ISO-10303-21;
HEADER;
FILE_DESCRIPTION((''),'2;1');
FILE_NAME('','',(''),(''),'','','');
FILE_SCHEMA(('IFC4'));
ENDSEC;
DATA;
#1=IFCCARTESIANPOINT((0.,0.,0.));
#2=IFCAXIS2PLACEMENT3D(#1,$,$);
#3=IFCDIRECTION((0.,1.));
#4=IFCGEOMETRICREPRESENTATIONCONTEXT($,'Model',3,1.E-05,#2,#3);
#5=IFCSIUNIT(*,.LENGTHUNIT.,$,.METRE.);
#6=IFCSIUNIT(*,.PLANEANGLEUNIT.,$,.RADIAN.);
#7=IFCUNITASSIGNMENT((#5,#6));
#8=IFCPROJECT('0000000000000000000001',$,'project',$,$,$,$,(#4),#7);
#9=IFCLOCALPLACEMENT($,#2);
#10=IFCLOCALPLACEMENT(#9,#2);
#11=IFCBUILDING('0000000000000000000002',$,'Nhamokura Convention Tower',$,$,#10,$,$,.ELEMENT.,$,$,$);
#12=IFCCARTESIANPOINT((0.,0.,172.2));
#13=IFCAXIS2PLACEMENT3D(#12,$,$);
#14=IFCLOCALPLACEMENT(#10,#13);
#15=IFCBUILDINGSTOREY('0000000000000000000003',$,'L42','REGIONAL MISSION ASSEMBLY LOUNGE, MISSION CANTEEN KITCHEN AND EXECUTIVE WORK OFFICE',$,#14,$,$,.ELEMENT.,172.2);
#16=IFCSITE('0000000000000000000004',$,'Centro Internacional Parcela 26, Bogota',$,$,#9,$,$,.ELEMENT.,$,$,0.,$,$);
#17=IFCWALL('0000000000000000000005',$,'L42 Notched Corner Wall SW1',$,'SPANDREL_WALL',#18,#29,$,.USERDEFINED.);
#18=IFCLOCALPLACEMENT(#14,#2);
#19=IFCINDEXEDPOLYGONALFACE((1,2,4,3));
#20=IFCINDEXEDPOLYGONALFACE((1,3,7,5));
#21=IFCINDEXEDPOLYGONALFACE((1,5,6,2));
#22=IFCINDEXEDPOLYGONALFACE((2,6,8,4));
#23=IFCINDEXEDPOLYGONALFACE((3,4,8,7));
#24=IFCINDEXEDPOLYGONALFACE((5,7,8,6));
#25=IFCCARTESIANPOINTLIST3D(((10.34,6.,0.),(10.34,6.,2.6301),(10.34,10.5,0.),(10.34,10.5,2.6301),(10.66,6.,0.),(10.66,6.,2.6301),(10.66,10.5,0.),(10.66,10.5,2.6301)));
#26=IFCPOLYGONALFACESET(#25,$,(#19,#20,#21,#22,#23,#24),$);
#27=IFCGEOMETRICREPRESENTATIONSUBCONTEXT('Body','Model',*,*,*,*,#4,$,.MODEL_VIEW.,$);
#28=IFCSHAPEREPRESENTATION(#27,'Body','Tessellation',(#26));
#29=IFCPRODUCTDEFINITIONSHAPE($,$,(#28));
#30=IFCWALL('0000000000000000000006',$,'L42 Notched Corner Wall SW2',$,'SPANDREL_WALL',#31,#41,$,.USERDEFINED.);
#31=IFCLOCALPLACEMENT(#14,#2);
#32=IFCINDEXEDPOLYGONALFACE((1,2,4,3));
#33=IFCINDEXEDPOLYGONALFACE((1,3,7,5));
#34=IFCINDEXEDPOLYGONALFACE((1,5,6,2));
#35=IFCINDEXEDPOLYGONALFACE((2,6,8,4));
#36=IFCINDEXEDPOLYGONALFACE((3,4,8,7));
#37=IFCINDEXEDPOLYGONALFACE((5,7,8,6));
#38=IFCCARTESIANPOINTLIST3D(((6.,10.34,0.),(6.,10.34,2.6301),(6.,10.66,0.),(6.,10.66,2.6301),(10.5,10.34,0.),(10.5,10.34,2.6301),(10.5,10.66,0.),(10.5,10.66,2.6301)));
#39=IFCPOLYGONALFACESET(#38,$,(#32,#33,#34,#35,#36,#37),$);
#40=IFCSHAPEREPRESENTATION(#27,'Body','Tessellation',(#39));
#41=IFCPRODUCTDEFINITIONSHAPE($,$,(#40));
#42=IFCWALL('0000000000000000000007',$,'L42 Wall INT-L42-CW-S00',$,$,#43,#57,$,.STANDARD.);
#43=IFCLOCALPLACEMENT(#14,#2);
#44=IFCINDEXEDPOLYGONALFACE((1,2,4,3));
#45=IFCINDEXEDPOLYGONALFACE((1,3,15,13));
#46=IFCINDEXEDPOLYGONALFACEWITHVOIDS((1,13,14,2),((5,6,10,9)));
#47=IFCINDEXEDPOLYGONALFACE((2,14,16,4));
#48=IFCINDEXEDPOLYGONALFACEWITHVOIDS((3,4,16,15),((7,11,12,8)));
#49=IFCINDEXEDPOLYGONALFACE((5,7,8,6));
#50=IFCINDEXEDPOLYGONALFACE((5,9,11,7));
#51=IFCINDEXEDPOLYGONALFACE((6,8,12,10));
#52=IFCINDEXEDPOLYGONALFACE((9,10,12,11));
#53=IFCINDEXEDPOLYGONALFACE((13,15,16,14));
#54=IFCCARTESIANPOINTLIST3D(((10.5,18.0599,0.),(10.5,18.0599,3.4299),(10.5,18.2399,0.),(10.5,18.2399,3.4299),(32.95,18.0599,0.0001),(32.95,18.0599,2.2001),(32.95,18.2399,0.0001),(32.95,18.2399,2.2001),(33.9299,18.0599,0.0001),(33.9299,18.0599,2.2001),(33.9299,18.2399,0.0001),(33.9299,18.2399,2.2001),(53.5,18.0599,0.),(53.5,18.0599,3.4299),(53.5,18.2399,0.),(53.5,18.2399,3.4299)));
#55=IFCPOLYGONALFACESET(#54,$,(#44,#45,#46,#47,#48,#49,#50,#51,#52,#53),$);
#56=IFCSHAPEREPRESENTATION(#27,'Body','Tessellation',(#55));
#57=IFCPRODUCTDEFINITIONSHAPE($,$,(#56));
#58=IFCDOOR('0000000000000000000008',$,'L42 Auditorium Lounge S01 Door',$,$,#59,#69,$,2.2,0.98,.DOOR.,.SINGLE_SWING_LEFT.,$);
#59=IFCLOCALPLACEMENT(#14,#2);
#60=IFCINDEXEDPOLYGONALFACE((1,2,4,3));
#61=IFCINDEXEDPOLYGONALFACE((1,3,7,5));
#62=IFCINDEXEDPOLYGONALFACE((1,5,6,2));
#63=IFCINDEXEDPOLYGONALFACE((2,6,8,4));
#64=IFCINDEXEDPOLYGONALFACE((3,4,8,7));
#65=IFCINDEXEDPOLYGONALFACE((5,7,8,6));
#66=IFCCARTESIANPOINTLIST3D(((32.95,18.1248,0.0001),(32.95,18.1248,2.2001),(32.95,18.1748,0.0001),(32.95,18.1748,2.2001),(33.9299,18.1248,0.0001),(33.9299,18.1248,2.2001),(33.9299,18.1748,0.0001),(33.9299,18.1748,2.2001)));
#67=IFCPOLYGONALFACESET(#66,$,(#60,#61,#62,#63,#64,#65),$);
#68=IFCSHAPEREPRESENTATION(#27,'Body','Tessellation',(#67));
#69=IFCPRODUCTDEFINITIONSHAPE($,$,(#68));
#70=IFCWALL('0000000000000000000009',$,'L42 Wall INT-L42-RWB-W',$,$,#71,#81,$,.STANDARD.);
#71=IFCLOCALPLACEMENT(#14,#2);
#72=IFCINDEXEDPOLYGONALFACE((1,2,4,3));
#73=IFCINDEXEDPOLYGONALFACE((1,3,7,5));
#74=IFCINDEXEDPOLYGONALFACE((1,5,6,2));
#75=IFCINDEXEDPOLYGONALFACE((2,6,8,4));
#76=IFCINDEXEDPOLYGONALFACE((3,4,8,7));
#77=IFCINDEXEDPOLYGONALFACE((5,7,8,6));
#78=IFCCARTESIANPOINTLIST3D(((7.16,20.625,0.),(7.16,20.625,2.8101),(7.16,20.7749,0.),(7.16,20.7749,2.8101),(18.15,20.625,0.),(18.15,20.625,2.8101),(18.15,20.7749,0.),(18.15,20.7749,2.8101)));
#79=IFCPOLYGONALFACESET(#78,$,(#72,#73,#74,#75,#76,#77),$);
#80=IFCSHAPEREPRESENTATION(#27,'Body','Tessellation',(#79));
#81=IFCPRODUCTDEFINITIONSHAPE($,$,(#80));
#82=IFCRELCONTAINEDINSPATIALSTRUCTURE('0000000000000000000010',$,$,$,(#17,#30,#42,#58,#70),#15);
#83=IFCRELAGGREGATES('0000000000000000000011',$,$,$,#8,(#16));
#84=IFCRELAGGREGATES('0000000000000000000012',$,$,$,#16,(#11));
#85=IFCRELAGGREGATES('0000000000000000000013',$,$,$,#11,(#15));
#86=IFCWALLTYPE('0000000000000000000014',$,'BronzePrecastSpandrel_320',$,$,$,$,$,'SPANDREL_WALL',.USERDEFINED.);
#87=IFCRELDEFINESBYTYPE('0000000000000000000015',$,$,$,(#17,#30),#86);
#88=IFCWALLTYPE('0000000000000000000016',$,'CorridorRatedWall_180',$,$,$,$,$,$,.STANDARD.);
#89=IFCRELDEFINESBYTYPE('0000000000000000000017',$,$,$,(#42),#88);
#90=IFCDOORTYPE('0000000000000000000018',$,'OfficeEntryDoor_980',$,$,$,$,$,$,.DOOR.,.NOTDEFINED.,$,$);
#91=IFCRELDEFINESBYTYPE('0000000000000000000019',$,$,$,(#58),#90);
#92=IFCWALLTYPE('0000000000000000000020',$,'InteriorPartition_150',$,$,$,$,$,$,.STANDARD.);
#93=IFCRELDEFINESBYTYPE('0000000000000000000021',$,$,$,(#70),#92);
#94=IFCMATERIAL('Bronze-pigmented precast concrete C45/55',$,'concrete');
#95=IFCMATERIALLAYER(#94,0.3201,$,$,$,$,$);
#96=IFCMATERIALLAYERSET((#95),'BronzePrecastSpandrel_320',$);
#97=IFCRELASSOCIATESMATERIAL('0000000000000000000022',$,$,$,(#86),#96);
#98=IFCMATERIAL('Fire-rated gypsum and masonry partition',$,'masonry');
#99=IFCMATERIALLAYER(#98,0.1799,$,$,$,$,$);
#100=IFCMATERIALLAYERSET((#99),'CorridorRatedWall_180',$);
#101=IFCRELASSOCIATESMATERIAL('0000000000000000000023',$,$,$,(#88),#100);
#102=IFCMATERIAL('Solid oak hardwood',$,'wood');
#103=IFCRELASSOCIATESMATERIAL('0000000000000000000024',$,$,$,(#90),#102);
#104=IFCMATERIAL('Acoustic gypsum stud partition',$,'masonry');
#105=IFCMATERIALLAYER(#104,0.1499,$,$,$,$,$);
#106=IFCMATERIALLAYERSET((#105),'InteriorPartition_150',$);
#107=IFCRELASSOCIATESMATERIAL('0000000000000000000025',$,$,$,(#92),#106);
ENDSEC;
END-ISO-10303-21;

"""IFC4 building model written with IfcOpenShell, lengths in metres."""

from ifc_helpers import new_model, si_unit, direction, frame, frame_2d, origin, place, context, subcontext, project, spatial, rectangle, extrude, material, layer, layer_set, type_object, element, fill, save


model = new_model("IFC4")

# Units and contexts
model_context = context("Model", 3, precision=1e-05, world=origin(), true_north=direction((0.0, 1.0)))
body_context = subcontext(model_context, "Body", "Model", "MODEL_VIEW")
ifc_project = project(units=[si_unit("LENGTHUNIT", "METRE"), si_unit("PLANEANGLEUNIT", "RADIAN")], contexts=[model_context])

# Site, building, storey
site_placement = place(None, origin())
site = spatial("IfcSite", under=ifc_project, at=site_placement, Name="Centro Internacional Parcela 26, Bogota", CompositionType="ELEMENT", RefElevation=0.0)
building_placement = place(site_placement, origin())
building = spatial("IfcBuilding", under=site, at=building_placement, Name="Nhamokura Convention Tower", CompositionType="ELEMENT")
storey_placement = place(building_placement, frame((0.0, 0.0, 172.2)))
storey = spatial("IfcBuildingStorey", under=building, at=storey_placement, Name="L42", Description="REGIONAL MISSION ASSEMBLY LOUNGE, MISSION CANTEEN KITCHEN AND EXECUTIVE WORK OFFICE", CompositionType="ELEMENT", Elevation=172.2)

# Walls
ifc_material_1 = material(Name="Bronze-pigmented precast concrete C45/55", Category="concrete")
ifc_layer_1 = layer(ifc_material_1, 0.3201)
ifc_layer_set_1 = layer_set([ifc_layer_1], Name="BronzePrecastSpandrel_320")
wall_type_1 = type_object("IfcWallType", Name="BronzePrecastSpandrel_320", ElementType="SPANDREL_WALL", PredefinedType="USERDEFINED", material=ifc_layer_set_1)
for number, where, z_axis, x_axis, name in (
    (1, (10.5, 6.0, 0.0), (0.0, 0.0, 1.0), (0.0, 1.0, 0.0), "L42 Notched Corner Wall SW1"),
    (2, (10.5, 10.5, 0.0), (0.0, 0.0, 1.0), (-1.0, 0.0, 0.0), "L42 Notched Corner Wall SW2"),
):
    element("IfcWall", number, at=place(storey_placement, frame(where, z_axis=z_axis, x_axis=x_axis)), inside=storey, type_object=wall_type_1, Name=name, ObjectType="SPANDREL_WALL", PredefinedType="USERDEFINED", context=body_context, shape_type="SweptSolid", body=[
        extrude(rectangle(XDim=4.5, YDim=0.3201, at=frame_2d((2.25, 0.0))), origin(), (0.0, 0.0, 1.0), 2.6301),
    ])

# Wall, opening, door
ifc_material_2 = material(Name="Fire-rated gypsum and masonry partition", Category="masonry")
ifc_layer_2 = layer(ifc_material_2, 0.1799)
ifc_layer_set_2 = layer_set([ifc_layer_2], Name="CorridorRatedWall_180")
wall_type_2 = type_object("IfcWallType", Name="CorridorRatedWall_180", PredefinedType="STANDARD", material=ifc_layer_set_2)
wall_1_placement = place(storey_placement, frame((10.5, 18.1499, 0.0), z_axis=(0.0, 0.0, 1.0), x_axis=(1.0, 0.0, 0.0)))
wall_1 = element("IfcWall", 3, at=wall_1_placement, inside=storey, type_object=wall_type_2, Name="L42 Wall INT-L42-CW-S00", PredefinedType="STANDARD", context=body_context, shape_type="SweptSolid", body=[
    extrude(rectangle(XDim=43.0, YDim=0.1799, at=frame_2d((21.5, 0.0))), origin(), (0.0, 0.0, 1.0), 3.4299),
])
opening_placement = place(wall_1_placement, frame((22.45, 0.0, 0.0)))
opening = element("IfcOpeningElement", 4, at=opening_placement, cuts=wall_1, PredefinedType="OPENING", context=body_context, shape_type="SweptSolid", body=[
    extrude(rectangle(XDim=0.98, YDim=2.2, at=frame_2d((0.49, 1.1001))), frame((0.0, 0.0999, 0.0), z_axis=(0.0, -1.0, 0.0), x_axis=(1.0, 0.0, 0.0)), (0.0, 0.0, 1.0), 0.2),
])
ifc_material_3 = material(Name="Solid oak hardwood", Category="wood")
door_type = type_object("IfcDoorType", Name="OfficeEntryDoor_980", OperationType="NOTDEFINED", PredefinedType="DOOR", material=ifc_material_3)
door_placement = place(opening_placement, origin())
door = element("IfcDoor", 5, at=door_placement, inside=storey, type_object=door_type, Name="L42 Auditorium Lounge S01 Door", OperationType="SINGLE_SWING_LEFT", OverallHeight=2.2, OverallWidth=0.98, PredefinedType="DOOR", context=body_context, shape_type="SweptSolid", body=[
    extrude(rectangle(XDim=0.98, YDim=2.2, at=frame_2d((0.49, 1.1001))), frame((0.0, 0.0249, 0.0), z_axis=(0.0, -1.0, 0.0), x_axis=(1.0, 0.0, 0.0)), (0.0, 0.0, 1.0), 0.05),
])
fill(opening, door)

# Wall
ifc_material_4 = material(Name="Acoustic gypsum stud partition", Category="masonry")
ifc_layer_3 = layer(ifc_material_4, 0.1499)
ifc_layer_set_3 = layer_set([ifc_layer_3], Name="InteriorPartition_150")
wall_type_3 = type_object("IfcWallType", Name="InteriorPartition_150", PredefinedType="STANDARD", material=ifc_layer_set_3)
wall_2_placement = place(storey_placement, frame((7.1599, 20.7, 0.0), z_axis=(0.0, 0.0, 1.0), x_axis=(1.0, 0.0, 0.0)))
element("IfcWall", 6, at=wall_2_placement, inside=storey, type_object=wall_type_3, Name="L42 Wall INT-L42-RWB-W", PredefinedType="STANDARD", context=body_context, shape_type="SweptSolid", body=[
    extrude(rectangle(XDim=10.99, YDim=0.1499, at=frame_2d((5.4951, 0.0))), origin(), (0.0, 0.0, 1.0), 2.8101),
])

save(model, "model.ifc")
